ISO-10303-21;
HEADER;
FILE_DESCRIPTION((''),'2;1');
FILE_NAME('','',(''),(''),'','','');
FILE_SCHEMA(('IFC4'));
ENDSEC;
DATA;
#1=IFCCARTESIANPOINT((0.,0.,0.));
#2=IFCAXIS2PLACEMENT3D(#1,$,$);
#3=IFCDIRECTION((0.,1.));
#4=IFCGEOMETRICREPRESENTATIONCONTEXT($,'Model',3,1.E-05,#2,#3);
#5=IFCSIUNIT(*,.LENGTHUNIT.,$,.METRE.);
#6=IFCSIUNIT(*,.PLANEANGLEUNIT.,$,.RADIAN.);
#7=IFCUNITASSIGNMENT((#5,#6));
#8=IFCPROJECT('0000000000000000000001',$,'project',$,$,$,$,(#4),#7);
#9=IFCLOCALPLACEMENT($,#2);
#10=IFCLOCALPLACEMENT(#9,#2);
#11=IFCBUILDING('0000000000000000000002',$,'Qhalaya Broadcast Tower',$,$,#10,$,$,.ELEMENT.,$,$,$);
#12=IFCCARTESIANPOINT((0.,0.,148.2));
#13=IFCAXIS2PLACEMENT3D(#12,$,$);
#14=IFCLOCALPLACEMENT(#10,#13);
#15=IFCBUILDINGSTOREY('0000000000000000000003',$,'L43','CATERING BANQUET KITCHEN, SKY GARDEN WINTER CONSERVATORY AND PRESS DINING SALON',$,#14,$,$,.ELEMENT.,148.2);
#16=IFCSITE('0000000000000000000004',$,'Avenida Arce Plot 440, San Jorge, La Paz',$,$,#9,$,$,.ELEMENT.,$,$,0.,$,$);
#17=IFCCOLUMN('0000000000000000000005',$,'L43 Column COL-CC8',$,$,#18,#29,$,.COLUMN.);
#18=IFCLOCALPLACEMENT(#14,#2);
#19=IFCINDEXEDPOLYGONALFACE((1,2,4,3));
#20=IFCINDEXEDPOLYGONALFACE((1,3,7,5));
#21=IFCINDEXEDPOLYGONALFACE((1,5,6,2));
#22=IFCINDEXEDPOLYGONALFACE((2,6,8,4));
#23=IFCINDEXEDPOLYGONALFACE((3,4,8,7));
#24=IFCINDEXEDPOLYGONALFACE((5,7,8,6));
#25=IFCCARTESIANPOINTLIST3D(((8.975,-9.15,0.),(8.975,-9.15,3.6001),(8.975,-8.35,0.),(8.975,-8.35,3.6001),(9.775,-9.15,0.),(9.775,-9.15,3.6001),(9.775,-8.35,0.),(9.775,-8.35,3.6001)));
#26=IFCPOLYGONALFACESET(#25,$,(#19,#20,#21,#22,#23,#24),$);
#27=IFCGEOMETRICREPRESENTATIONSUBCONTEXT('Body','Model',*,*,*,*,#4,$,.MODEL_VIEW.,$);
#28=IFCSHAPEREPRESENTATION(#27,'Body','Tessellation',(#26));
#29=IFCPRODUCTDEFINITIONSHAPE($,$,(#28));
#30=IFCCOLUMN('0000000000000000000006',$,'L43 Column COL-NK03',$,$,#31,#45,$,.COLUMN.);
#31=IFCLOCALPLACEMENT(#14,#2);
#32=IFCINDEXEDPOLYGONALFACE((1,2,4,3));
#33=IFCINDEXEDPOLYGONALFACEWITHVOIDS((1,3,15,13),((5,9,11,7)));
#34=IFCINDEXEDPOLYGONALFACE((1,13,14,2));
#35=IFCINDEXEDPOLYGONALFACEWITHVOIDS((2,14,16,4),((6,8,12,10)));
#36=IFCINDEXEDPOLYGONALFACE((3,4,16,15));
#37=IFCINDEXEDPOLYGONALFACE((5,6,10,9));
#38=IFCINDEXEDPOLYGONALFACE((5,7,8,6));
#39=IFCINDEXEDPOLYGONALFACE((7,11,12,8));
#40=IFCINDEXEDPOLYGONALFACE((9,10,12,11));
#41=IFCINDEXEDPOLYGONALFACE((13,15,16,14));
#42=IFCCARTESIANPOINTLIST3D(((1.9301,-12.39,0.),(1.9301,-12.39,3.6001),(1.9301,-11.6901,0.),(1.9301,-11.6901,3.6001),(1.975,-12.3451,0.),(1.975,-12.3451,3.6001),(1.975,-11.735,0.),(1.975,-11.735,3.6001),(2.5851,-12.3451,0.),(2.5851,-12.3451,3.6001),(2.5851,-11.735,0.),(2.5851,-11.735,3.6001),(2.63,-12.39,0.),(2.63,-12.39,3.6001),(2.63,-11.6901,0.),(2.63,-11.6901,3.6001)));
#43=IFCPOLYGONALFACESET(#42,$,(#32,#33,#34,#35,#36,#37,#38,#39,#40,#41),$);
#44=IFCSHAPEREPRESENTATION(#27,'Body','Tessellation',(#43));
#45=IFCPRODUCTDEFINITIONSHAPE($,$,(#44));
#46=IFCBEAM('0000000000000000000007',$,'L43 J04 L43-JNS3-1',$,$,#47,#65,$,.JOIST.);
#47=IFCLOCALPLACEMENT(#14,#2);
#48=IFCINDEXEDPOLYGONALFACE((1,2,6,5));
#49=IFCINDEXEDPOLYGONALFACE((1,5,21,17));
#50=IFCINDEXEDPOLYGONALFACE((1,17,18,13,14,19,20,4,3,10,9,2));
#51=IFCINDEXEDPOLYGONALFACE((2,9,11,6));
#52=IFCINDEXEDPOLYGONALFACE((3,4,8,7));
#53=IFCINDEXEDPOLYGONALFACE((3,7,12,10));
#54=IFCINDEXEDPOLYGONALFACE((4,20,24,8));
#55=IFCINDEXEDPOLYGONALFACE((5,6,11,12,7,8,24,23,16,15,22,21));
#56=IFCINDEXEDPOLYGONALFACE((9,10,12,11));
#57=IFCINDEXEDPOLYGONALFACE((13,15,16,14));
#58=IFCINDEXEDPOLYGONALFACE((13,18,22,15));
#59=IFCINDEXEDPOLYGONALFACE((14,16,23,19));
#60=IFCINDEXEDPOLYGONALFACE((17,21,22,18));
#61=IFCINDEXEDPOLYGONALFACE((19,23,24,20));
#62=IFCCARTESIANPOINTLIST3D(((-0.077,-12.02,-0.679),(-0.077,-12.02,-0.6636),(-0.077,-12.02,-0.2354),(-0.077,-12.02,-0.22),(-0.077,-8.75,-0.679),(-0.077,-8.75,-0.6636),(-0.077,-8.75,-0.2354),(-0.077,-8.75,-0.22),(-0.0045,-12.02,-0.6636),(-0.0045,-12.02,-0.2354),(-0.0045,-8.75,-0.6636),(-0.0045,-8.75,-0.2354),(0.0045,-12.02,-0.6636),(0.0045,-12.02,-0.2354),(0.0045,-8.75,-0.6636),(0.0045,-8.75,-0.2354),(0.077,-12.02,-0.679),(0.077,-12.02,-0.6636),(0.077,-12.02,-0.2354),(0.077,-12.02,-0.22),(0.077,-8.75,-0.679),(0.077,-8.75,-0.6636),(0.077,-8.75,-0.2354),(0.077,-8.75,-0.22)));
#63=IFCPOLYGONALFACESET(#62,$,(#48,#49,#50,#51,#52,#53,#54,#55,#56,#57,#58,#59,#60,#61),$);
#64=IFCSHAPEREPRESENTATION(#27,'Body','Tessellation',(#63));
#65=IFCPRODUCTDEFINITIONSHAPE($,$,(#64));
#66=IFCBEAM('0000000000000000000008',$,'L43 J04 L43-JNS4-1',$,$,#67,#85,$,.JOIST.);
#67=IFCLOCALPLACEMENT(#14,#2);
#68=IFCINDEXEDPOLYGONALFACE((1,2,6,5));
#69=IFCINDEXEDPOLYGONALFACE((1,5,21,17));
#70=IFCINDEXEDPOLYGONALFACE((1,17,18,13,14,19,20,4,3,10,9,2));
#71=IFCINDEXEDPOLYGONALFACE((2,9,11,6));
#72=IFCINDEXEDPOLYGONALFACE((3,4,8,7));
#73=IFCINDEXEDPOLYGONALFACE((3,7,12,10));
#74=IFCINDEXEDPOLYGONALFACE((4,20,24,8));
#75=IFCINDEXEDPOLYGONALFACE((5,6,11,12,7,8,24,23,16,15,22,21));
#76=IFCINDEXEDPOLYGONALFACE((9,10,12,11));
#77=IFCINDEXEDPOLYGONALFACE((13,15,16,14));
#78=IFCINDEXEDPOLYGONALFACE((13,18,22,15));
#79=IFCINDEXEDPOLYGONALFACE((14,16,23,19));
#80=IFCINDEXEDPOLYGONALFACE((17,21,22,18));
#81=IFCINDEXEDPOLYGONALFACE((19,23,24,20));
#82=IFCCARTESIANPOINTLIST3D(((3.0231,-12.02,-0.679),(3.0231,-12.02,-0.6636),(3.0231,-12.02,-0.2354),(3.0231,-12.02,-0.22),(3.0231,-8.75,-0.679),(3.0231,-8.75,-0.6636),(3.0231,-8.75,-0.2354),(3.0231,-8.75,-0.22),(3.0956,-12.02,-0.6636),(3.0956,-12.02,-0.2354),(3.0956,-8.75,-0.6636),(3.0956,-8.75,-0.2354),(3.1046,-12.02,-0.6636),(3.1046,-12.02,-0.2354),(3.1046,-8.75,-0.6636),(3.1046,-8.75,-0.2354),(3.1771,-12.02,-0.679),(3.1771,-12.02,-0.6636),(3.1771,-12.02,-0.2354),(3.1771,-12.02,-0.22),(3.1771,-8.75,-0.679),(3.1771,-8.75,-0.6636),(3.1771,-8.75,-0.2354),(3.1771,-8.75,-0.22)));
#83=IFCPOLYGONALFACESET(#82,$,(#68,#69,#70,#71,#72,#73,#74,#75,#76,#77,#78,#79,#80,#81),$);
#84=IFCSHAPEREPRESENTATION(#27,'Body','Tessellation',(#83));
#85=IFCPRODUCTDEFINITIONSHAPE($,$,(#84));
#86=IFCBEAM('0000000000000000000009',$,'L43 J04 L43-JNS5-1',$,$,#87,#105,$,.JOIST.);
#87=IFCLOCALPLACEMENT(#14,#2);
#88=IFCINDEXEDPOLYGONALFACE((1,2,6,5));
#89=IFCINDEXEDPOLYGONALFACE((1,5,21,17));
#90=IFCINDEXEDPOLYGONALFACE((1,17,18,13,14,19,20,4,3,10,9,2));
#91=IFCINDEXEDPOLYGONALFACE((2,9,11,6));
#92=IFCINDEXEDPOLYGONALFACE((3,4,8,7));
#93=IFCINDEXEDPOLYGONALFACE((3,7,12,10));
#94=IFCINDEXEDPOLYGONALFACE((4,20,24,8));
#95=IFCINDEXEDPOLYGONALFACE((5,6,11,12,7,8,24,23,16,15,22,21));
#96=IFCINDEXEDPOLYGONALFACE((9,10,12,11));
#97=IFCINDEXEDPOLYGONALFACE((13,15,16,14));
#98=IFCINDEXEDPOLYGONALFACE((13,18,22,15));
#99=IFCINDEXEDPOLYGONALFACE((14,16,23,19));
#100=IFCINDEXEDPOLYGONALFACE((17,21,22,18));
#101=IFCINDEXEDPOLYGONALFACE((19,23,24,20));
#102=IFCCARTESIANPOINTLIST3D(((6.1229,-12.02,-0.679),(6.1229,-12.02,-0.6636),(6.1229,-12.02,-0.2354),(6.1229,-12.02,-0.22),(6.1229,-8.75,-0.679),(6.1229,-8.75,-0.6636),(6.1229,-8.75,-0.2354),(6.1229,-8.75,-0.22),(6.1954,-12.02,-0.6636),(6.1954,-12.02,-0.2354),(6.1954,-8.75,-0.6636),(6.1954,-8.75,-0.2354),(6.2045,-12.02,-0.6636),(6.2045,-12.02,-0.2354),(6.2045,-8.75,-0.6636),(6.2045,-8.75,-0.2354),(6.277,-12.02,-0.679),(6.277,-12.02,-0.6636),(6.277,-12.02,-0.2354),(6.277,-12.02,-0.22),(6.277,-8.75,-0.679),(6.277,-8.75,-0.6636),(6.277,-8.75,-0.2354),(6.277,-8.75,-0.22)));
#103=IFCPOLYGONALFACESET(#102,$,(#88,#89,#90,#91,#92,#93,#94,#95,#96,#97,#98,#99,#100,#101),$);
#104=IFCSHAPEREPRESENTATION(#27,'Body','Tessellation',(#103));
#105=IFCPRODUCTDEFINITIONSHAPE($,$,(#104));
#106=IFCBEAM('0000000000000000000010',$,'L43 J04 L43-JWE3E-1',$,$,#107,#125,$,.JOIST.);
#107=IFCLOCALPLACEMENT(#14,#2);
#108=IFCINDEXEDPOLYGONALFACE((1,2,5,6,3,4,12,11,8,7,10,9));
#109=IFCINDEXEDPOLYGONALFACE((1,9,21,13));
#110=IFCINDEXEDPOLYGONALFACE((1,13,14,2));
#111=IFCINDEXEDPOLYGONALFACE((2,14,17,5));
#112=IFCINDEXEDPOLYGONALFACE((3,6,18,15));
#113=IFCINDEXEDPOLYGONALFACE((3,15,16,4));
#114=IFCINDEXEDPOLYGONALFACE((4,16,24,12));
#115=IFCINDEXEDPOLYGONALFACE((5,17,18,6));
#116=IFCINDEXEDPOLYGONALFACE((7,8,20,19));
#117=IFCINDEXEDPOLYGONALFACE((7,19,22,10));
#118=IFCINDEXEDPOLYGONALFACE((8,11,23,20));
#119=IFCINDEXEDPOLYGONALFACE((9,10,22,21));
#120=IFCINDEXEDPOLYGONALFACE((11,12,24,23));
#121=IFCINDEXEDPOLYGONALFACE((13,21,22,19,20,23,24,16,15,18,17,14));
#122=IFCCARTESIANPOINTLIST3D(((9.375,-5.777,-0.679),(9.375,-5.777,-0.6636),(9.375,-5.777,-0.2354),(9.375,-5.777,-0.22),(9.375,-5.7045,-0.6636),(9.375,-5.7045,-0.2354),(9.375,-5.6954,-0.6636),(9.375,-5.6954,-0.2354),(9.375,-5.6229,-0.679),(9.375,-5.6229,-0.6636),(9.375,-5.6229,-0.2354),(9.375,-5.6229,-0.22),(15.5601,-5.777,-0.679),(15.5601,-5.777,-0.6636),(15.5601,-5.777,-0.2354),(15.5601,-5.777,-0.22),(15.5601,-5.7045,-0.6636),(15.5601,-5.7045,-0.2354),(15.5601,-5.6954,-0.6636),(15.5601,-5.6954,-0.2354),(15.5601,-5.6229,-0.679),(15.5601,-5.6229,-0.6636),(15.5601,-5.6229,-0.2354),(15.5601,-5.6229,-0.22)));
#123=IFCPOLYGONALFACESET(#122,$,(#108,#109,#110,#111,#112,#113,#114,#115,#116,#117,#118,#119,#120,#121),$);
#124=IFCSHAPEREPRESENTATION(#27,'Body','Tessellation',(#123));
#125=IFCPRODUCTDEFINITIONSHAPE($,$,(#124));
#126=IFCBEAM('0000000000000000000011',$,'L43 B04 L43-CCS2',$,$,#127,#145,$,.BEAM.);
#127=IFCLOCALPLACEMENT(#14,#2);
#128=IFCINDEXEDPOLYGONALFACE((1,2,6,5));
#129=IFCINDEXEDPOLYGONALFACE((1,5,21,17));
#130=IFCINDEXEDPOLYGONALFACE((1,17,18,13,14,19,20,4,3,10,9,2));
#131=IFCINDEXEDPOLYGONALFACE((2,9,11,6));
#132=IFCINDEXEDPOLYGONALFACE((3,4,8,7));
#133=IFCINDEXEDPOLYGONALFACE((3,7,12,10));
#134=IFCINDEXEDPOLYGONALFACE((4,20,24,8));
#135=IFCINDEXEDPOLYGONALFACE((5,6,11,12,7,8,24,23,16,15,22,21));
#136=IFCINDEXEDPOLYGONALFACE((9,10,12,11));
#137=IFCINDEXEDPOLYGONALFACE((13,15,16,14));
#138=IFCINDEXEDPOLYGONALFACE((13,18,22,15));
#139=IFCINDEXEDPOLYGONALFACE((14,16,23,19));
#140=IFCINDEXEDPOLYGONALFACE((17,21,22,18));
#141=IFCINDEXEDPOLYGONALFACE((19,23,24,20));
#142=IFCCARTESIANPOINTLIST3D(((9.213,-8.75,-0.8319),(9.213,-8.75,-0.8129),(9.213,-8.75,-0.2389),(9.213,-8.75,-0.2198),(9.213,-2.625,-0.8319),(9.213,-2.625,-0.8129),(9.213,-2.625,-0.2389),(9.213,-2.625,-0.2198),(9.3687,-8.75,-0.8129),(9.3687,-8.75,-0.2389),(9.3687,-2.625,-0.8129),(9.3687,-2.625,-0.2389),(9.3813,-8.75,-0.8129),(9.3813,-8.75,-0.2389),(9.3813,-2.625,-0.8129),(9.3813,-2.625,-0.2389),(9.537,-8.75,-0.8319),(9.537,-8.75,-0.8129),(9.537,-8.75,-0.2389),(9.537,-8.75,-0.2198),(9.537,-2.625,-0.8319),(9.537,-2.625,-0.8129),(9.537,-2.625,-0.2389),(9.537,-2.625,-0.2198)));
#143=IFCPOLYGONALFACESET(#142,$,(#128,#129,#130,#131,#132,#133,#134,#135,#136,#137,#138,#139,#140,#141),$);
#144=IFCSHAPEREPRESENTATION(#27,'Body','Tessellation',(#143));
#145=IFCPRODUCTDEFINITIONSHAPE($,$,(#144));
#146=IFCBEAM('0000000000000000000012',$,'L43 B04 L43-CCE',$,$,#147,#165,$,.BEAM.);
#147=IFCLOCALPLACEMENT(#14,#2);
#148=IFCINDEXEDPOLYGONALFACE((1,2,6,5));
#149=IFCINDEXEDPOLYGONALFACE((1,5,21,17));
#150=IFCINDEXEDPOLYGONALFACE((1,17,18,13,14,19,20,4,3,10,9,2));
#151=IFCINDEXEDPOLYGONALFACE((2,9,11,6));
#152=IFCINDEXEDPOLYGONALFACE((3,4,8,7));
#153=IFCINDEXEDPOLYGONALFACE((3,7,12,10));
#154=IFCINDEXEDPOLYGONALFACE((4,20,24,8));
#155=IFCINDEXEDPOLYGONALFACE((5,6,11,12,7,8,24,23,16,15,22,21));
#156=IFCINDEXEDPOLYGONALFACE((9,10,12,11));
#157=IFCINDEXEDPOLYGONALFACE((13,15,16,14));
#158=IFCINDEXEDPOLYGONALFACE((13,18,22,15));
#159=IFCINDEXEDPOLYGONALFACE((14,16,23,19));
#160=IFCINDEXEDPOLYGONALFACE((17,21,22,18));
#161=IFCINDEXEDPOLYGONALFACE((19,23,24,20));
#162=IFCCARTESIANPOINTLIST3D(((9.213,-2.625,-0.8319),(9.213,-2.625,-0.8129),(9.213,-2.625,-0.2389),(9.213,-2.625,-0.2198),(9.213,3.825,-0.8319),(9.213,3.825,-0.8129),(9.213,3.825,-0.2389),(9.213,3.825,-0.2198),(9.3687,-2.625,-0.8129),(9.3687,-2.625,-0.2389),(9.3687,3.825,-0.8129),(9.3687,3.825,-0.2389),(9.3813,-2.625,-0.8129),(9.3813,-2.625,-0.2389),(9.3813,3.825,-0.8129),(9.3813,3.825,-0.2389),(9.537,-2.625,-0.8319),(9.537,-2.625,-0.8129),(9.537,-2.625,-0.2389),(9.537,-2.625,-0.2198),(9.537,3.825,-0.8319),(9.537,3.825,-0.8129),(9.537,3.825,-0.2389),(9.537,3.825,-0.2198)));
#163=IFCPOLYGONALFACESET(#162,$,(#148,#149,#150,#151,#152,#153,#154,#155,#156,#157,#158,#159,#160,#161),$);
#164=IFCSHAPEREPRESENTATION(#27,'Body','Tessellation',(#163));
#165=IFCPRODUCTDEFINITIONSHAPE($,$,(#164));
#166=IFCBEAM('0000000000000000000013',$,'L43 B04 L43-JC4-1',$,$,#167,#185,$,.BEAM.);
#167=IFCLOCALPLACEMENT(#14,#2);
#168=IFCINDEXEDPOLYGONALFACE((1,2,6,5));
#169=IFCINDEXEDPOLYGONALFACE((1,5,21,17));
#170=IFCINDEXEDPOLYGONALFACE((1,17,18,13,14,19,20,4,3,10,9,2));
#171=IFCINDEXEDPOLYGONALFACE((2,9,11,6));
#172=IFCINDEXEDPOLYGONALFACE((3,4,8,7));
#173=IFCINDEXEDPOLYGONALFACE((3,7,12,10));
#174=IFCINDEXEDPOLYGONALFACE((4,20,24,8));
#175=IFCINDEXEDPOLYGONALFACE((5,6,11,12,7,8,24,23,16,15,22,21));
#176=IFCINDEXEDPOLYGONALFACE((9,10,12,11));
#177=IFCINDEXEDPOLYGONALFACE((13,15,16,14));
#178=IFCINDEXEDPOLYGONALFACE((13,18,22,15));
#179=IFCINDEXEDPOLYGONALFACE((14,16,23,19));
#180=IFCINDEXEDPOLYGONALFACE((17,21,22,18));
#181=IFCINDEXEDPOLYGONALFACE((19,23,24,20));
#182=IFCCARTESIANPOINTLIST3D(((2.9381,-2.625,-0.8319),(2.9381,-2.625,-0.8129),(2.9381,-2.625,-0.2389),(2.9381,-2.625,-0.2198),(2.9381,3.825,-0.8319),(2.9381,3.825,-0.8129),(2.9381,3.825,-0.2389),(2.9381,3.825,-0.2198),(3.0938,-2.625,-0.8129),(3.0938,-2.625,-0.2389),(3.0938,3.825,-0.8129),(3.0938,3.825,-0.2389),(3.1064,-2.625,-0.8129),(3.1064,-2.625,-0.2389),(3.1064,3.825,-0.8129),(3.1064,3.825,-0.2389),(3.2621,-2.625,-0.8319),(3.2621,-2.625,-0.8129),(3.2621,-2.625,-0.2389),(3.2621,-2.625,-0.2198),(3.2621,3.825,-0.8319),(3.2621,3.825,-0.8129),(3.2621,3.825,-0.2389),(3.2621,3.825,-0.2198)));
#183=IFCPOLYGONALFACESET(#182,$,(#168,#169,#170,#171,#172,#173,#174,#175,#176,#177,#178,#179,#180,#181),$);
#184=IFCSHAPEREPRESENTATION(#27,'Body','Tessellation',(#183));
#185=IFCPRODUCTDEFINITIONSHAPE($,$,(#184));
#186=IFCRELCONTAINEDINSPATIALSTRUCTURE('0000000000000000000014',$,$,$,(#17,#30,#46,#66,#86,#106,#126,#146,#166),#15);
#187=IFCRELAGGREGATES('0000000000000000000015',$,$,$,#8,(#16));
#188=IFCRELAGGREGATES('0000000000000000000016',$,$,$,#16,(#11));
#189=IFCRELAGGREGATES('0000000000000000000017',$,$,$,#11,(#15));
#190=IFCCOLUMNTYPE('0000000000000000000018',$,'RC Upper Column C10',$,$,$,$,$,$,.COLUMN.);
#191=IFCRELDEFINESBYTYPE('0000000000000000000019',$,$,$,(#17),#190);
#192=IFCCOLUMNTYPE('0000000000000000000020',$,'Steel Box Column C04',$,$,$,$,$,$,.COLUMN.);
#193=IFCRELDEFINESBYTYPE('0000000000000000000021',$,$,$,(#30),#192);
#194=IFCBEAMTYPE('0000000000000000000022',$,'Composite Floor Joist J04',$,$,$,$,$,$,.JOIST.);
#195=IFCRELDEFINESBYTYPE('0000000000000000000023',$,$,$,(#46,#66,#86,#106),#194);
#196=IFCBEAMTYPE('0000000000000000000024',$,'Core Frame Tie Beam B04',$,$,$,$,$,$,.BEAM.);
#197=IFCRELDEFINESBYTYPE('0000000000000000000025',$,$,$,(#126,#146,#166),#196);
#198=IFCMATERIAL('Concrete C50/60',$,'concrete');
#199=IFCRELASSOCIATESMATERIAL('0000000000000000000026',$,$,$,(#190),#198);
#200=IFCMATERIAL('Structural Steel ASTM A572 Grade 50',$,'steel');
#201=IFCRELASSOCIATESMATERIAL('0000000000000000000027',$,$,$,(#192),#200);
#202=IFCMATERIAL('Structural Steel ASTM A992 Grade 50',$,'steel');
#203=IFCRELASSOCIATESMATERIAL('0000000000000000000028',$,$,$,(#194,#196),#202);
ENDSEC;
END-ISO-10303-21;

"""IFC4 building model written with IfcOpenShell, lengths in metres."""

from ifc_helpers import new_model, si_unit, direction, frame, origin, origin_2d, place, context, subcontext, project, spatial, rectangle, hollow_rectangle, i_section, extrude, material, material_profile, profile_set, type_object, element, save


model = new_model("IFC4")

# Units and contexts
model_context = context("Model", 3, precision=1e-05, world=origin(), true_north=direction((0.0, 1.0)))
body_context = subcontext(model_context, "Body", "Model", "MODEL_VIEW")
ifc_project = project(units=[si_unit("LENGTHUNIT", "METRE"), si_unit("PLANEANGLEUNIT", "RADIAN")], contexts=[model_context])

# Site, building, storey
site_placement = place(None, origin())
site = spatial("IfcSite", under=ifc_project, at=site_placement, Name="Avenida Arce Plot 440, San Jorge, La Paz", CompositionType="ELEMENT", RefElevation=0.0)
building_placement = place(site_placement, origin())
building = spatial("IfcBuilding", under=site, at=building_placement, Name="Qhalaya Broadcast Tower", CompositionType="ELEMENT")
storey_placement = place(building_placement, frame((0.0, 0.0, 148.2)))
storey = spatial("IfcBuildingStorey", under=building, at=storey_placement, Name="L43", Description="CATERING BANQUET KITCHEN, SKY GARDEN WINTER CONSERVATORY AND PRESS DINING SALON", CompositionType="ELEMENT", Elevation=148.2)

# Columns
ifc_material_1 = material(Name="Concrete C50/60", Category="concrete")
ifc_material_profile_1 = material_profile(ifc_material_1, rectangle(XDim=0.8, YDim=0.8, at=origin_2d()), Name="RC-COL 800x800")
ifc_profile_set_1 = profile_set([ifc_material_profile_1], Name="Concrete C50/60")
column_type_1 = type_object("IfcColumnType", Name="RC Upper Column C10", PredefinedType="COLUMN", material=ifc_profile_set_1)
column_1_placement = place(storey_placement, frame((9.375, -8.75, 0.0), z_axis=(0.0, 0.0, 1.0), x_axis=(1.0, 0.0, 0.0)))
element("IfcColumn", 1, at=column_1_placement, inside=storey, type_object=column_type_1, Name="L43 Column COL-CC8", PredefinedType="COLUMN", context=body_context, shape_type="SweptSolid", body=[
    extrude(rectangle(XDim=0.8, YDim=0.8, at=origin_2d()), origin(), (0.0, 0.0, 1.0), 3.6001),
])
ifc_material_2 = material(Name="Structural Steel ASTM A572 Grade 50", Category="steel")
ifc_material_profile_2 = material_profile(ifc_material_2, hollow_rectangle(XDim=0.7, YDim=0.7, WallThickness=0.0449, at=origin_2d()), Name="BOX 700x700x45")
ifc_profile_set_2 = profile_set([ifc_material_profile_2], Name="Structural Steel ASTM A572 Grade 50")
column_type_2 = type_object("IfcColumnType", Name="Steel Box Column C04", PredefinedType="COLUMN", material=ifc_profile_set_2)
column_2_placement = place(storey_placement, frame((2.28, -12.04, 0.0), z_axis=(0.0, 0.0, 1.0), x_axis=(1.0, 0.0, 0.0)))
element("IfcColumn", 2, at=column_2_placement, inside=storey, type_object=column_type_2, Name="L43 Column COL-NK03", PredefinedType="COLUMN", context=body_context, shape_type="SweptSolid", body=[
    extrude(hollow_rectangle(XDim=0.7, YDim=0.7, WallThickness=0.0449, at=origin_2d()), origin(), (0.0, 0.0, 1.0), 3.6001),
])

# Beams
ifc_material_3 = material(Name="Structural Steel ASTM A992 Grade 50", Category="steel")
ifc_material_profile_3 = material_profile(ifc_material_3, i_section(OverallWidth=0.1541, OverallDepth=0.459, WebThickness=0.009, FlangeThickness=0.0154, at=origin_2d()), Name="W18X46")
ifc_profile_set_3 = profile_set([ifc_material_profile_3], Name="Structural Steel ASTM A992 Grade 50")
beam_type_1 = type_object("IfcBeamType", Name="Composite Floor Joist J04", PredefinedType="JOIST", material=ifc_profile_set_3)
for number, where, z_axis, x_axis, name in (
    (3, (0.0, -12.02, -0.4495), (0.0, 1.0, 0.0), (-1.0, 0.0, 0.0), "L43 J04 L43-JNS3-1"),
    (4, (3.1001, -12.02, -0.4495), (0.0, 1.0, 0.0), (-1.0, 0.0, 0.0), "L43 J04 L43-JNS4-1"),
    (5, (6.2, -12.02, -0.4495), (0.0, 1.0, 0.0), (-1.0, 0.0, 0.0), "L43 J04 L43-JNS5-1"),
):
    element("IfcBeam", number, at=place(storey_placement, frame(where, z_axis=z_axis, x_axis=x_axis)), inside=storey, type_object=beam_type_1, Name=name, PredefinedType="JOIST", context=body_context, shape_type="SweptSolid", body=[
        extrude(i_section(OverallWidth=0.1541, OverallDepth=0.459, WebThickness=0.009, FlangeThickness=0.0154, at=origin_2d()), origin(), (0.0, 0.0, 1.0), 3.27),
    ])
beam_1_placement = place(storey_placement, frame((9.375, -5.7, -0.4495), z_axis=(1.0, 0.0, 0.0), x_axis=(0.0, 1.0, 0.0)))
element("IfcBeam", 6, at=beam_1_placement, inside=storey, type_object=beam_type_1, Name="L43 J04 L43-JWE3E-1", PredefinedType="JOIST", context=body_context, shape_type="SweptSolid", body=[
    extrude(i_section(OverallWidth=0.1541, OverallDepth=0.459, WebThickness=0.009, FlangeThickness=0.0154, at=origin_2d()), origin(), (0.0, 0.0, 1.0), 6.1851),
])
ifc_material_profile_4 = material_profile(ifc_material_3, i_section(OverallWidth=0.324, OverallDepth=0.6121, WebThickness=0.0127, FlangeThickness=0.019, at=origin_2d()), Name="W24X104")
ifc_profile_set_4 = profile_set([ifc_material_profile_4], Name="Structural Steel ASTM A992 Grade 50")
beam_type_2 = type_object("IfcBeamType", Name="Core Frame Tie Beam B04", PredefinedType="BEAM", material=ifc_profile_set_4)
beam_2_placement = place(storey_placement, frame((9.375, -8.75, -0.5259), z_axis=(0.0, 1.0, 0.0), x_axis=(-1.0, 0.0, 0.0)))
element("IfcBeam", 7, at=beam_2_placement, inside=storey, type_object=beam_type_2, Name="L43 B04 L43-CCS2", PredefinedType="BEAM", context=body_context, shape_type="SweptSolid", body=[
    extrude(i_section(OverallWidth=0.324, OverallDepth=0.6121, WebThickness=0.0127, FlangeThickness=0.019, at=origin_2d()), origin(), (0.0, 0.0, 1.0), 6.125),
])
for number, where, z_axis, x_axis, name in (
    (8, (9.375, -2.625, -0.5259), (0.0, 1.0, 0.0), (-1.0, 0.0, 0.0), "L43 B04 L43-CCE"),
    (9, (3.1001, -2.625, -0.5259), (0.0, 1.0, 0.0), (-1.0, 0.0, 0.0), "L43 B04 L43-JC4-1"),
):
    element("IfcBeam", number, at=place(storey_placement, frame(where, z_axis=z_axis, x_axis=x_axis)), inside=storey, type_object=beam_type_2, Name=name, PredefinedType="BEAM", context=body_context, shape_type="SweptSolid", body=[
        extrude(i_section(OverallWidth=0.324, OverallDepth=0.6121, WebThickness=0.0127, FlangeThickness=0.019, at=origin_2d()), origin(), (0.0, 0.0, 1.0), 6.45),
    ])

save(model, "model.ifc")
